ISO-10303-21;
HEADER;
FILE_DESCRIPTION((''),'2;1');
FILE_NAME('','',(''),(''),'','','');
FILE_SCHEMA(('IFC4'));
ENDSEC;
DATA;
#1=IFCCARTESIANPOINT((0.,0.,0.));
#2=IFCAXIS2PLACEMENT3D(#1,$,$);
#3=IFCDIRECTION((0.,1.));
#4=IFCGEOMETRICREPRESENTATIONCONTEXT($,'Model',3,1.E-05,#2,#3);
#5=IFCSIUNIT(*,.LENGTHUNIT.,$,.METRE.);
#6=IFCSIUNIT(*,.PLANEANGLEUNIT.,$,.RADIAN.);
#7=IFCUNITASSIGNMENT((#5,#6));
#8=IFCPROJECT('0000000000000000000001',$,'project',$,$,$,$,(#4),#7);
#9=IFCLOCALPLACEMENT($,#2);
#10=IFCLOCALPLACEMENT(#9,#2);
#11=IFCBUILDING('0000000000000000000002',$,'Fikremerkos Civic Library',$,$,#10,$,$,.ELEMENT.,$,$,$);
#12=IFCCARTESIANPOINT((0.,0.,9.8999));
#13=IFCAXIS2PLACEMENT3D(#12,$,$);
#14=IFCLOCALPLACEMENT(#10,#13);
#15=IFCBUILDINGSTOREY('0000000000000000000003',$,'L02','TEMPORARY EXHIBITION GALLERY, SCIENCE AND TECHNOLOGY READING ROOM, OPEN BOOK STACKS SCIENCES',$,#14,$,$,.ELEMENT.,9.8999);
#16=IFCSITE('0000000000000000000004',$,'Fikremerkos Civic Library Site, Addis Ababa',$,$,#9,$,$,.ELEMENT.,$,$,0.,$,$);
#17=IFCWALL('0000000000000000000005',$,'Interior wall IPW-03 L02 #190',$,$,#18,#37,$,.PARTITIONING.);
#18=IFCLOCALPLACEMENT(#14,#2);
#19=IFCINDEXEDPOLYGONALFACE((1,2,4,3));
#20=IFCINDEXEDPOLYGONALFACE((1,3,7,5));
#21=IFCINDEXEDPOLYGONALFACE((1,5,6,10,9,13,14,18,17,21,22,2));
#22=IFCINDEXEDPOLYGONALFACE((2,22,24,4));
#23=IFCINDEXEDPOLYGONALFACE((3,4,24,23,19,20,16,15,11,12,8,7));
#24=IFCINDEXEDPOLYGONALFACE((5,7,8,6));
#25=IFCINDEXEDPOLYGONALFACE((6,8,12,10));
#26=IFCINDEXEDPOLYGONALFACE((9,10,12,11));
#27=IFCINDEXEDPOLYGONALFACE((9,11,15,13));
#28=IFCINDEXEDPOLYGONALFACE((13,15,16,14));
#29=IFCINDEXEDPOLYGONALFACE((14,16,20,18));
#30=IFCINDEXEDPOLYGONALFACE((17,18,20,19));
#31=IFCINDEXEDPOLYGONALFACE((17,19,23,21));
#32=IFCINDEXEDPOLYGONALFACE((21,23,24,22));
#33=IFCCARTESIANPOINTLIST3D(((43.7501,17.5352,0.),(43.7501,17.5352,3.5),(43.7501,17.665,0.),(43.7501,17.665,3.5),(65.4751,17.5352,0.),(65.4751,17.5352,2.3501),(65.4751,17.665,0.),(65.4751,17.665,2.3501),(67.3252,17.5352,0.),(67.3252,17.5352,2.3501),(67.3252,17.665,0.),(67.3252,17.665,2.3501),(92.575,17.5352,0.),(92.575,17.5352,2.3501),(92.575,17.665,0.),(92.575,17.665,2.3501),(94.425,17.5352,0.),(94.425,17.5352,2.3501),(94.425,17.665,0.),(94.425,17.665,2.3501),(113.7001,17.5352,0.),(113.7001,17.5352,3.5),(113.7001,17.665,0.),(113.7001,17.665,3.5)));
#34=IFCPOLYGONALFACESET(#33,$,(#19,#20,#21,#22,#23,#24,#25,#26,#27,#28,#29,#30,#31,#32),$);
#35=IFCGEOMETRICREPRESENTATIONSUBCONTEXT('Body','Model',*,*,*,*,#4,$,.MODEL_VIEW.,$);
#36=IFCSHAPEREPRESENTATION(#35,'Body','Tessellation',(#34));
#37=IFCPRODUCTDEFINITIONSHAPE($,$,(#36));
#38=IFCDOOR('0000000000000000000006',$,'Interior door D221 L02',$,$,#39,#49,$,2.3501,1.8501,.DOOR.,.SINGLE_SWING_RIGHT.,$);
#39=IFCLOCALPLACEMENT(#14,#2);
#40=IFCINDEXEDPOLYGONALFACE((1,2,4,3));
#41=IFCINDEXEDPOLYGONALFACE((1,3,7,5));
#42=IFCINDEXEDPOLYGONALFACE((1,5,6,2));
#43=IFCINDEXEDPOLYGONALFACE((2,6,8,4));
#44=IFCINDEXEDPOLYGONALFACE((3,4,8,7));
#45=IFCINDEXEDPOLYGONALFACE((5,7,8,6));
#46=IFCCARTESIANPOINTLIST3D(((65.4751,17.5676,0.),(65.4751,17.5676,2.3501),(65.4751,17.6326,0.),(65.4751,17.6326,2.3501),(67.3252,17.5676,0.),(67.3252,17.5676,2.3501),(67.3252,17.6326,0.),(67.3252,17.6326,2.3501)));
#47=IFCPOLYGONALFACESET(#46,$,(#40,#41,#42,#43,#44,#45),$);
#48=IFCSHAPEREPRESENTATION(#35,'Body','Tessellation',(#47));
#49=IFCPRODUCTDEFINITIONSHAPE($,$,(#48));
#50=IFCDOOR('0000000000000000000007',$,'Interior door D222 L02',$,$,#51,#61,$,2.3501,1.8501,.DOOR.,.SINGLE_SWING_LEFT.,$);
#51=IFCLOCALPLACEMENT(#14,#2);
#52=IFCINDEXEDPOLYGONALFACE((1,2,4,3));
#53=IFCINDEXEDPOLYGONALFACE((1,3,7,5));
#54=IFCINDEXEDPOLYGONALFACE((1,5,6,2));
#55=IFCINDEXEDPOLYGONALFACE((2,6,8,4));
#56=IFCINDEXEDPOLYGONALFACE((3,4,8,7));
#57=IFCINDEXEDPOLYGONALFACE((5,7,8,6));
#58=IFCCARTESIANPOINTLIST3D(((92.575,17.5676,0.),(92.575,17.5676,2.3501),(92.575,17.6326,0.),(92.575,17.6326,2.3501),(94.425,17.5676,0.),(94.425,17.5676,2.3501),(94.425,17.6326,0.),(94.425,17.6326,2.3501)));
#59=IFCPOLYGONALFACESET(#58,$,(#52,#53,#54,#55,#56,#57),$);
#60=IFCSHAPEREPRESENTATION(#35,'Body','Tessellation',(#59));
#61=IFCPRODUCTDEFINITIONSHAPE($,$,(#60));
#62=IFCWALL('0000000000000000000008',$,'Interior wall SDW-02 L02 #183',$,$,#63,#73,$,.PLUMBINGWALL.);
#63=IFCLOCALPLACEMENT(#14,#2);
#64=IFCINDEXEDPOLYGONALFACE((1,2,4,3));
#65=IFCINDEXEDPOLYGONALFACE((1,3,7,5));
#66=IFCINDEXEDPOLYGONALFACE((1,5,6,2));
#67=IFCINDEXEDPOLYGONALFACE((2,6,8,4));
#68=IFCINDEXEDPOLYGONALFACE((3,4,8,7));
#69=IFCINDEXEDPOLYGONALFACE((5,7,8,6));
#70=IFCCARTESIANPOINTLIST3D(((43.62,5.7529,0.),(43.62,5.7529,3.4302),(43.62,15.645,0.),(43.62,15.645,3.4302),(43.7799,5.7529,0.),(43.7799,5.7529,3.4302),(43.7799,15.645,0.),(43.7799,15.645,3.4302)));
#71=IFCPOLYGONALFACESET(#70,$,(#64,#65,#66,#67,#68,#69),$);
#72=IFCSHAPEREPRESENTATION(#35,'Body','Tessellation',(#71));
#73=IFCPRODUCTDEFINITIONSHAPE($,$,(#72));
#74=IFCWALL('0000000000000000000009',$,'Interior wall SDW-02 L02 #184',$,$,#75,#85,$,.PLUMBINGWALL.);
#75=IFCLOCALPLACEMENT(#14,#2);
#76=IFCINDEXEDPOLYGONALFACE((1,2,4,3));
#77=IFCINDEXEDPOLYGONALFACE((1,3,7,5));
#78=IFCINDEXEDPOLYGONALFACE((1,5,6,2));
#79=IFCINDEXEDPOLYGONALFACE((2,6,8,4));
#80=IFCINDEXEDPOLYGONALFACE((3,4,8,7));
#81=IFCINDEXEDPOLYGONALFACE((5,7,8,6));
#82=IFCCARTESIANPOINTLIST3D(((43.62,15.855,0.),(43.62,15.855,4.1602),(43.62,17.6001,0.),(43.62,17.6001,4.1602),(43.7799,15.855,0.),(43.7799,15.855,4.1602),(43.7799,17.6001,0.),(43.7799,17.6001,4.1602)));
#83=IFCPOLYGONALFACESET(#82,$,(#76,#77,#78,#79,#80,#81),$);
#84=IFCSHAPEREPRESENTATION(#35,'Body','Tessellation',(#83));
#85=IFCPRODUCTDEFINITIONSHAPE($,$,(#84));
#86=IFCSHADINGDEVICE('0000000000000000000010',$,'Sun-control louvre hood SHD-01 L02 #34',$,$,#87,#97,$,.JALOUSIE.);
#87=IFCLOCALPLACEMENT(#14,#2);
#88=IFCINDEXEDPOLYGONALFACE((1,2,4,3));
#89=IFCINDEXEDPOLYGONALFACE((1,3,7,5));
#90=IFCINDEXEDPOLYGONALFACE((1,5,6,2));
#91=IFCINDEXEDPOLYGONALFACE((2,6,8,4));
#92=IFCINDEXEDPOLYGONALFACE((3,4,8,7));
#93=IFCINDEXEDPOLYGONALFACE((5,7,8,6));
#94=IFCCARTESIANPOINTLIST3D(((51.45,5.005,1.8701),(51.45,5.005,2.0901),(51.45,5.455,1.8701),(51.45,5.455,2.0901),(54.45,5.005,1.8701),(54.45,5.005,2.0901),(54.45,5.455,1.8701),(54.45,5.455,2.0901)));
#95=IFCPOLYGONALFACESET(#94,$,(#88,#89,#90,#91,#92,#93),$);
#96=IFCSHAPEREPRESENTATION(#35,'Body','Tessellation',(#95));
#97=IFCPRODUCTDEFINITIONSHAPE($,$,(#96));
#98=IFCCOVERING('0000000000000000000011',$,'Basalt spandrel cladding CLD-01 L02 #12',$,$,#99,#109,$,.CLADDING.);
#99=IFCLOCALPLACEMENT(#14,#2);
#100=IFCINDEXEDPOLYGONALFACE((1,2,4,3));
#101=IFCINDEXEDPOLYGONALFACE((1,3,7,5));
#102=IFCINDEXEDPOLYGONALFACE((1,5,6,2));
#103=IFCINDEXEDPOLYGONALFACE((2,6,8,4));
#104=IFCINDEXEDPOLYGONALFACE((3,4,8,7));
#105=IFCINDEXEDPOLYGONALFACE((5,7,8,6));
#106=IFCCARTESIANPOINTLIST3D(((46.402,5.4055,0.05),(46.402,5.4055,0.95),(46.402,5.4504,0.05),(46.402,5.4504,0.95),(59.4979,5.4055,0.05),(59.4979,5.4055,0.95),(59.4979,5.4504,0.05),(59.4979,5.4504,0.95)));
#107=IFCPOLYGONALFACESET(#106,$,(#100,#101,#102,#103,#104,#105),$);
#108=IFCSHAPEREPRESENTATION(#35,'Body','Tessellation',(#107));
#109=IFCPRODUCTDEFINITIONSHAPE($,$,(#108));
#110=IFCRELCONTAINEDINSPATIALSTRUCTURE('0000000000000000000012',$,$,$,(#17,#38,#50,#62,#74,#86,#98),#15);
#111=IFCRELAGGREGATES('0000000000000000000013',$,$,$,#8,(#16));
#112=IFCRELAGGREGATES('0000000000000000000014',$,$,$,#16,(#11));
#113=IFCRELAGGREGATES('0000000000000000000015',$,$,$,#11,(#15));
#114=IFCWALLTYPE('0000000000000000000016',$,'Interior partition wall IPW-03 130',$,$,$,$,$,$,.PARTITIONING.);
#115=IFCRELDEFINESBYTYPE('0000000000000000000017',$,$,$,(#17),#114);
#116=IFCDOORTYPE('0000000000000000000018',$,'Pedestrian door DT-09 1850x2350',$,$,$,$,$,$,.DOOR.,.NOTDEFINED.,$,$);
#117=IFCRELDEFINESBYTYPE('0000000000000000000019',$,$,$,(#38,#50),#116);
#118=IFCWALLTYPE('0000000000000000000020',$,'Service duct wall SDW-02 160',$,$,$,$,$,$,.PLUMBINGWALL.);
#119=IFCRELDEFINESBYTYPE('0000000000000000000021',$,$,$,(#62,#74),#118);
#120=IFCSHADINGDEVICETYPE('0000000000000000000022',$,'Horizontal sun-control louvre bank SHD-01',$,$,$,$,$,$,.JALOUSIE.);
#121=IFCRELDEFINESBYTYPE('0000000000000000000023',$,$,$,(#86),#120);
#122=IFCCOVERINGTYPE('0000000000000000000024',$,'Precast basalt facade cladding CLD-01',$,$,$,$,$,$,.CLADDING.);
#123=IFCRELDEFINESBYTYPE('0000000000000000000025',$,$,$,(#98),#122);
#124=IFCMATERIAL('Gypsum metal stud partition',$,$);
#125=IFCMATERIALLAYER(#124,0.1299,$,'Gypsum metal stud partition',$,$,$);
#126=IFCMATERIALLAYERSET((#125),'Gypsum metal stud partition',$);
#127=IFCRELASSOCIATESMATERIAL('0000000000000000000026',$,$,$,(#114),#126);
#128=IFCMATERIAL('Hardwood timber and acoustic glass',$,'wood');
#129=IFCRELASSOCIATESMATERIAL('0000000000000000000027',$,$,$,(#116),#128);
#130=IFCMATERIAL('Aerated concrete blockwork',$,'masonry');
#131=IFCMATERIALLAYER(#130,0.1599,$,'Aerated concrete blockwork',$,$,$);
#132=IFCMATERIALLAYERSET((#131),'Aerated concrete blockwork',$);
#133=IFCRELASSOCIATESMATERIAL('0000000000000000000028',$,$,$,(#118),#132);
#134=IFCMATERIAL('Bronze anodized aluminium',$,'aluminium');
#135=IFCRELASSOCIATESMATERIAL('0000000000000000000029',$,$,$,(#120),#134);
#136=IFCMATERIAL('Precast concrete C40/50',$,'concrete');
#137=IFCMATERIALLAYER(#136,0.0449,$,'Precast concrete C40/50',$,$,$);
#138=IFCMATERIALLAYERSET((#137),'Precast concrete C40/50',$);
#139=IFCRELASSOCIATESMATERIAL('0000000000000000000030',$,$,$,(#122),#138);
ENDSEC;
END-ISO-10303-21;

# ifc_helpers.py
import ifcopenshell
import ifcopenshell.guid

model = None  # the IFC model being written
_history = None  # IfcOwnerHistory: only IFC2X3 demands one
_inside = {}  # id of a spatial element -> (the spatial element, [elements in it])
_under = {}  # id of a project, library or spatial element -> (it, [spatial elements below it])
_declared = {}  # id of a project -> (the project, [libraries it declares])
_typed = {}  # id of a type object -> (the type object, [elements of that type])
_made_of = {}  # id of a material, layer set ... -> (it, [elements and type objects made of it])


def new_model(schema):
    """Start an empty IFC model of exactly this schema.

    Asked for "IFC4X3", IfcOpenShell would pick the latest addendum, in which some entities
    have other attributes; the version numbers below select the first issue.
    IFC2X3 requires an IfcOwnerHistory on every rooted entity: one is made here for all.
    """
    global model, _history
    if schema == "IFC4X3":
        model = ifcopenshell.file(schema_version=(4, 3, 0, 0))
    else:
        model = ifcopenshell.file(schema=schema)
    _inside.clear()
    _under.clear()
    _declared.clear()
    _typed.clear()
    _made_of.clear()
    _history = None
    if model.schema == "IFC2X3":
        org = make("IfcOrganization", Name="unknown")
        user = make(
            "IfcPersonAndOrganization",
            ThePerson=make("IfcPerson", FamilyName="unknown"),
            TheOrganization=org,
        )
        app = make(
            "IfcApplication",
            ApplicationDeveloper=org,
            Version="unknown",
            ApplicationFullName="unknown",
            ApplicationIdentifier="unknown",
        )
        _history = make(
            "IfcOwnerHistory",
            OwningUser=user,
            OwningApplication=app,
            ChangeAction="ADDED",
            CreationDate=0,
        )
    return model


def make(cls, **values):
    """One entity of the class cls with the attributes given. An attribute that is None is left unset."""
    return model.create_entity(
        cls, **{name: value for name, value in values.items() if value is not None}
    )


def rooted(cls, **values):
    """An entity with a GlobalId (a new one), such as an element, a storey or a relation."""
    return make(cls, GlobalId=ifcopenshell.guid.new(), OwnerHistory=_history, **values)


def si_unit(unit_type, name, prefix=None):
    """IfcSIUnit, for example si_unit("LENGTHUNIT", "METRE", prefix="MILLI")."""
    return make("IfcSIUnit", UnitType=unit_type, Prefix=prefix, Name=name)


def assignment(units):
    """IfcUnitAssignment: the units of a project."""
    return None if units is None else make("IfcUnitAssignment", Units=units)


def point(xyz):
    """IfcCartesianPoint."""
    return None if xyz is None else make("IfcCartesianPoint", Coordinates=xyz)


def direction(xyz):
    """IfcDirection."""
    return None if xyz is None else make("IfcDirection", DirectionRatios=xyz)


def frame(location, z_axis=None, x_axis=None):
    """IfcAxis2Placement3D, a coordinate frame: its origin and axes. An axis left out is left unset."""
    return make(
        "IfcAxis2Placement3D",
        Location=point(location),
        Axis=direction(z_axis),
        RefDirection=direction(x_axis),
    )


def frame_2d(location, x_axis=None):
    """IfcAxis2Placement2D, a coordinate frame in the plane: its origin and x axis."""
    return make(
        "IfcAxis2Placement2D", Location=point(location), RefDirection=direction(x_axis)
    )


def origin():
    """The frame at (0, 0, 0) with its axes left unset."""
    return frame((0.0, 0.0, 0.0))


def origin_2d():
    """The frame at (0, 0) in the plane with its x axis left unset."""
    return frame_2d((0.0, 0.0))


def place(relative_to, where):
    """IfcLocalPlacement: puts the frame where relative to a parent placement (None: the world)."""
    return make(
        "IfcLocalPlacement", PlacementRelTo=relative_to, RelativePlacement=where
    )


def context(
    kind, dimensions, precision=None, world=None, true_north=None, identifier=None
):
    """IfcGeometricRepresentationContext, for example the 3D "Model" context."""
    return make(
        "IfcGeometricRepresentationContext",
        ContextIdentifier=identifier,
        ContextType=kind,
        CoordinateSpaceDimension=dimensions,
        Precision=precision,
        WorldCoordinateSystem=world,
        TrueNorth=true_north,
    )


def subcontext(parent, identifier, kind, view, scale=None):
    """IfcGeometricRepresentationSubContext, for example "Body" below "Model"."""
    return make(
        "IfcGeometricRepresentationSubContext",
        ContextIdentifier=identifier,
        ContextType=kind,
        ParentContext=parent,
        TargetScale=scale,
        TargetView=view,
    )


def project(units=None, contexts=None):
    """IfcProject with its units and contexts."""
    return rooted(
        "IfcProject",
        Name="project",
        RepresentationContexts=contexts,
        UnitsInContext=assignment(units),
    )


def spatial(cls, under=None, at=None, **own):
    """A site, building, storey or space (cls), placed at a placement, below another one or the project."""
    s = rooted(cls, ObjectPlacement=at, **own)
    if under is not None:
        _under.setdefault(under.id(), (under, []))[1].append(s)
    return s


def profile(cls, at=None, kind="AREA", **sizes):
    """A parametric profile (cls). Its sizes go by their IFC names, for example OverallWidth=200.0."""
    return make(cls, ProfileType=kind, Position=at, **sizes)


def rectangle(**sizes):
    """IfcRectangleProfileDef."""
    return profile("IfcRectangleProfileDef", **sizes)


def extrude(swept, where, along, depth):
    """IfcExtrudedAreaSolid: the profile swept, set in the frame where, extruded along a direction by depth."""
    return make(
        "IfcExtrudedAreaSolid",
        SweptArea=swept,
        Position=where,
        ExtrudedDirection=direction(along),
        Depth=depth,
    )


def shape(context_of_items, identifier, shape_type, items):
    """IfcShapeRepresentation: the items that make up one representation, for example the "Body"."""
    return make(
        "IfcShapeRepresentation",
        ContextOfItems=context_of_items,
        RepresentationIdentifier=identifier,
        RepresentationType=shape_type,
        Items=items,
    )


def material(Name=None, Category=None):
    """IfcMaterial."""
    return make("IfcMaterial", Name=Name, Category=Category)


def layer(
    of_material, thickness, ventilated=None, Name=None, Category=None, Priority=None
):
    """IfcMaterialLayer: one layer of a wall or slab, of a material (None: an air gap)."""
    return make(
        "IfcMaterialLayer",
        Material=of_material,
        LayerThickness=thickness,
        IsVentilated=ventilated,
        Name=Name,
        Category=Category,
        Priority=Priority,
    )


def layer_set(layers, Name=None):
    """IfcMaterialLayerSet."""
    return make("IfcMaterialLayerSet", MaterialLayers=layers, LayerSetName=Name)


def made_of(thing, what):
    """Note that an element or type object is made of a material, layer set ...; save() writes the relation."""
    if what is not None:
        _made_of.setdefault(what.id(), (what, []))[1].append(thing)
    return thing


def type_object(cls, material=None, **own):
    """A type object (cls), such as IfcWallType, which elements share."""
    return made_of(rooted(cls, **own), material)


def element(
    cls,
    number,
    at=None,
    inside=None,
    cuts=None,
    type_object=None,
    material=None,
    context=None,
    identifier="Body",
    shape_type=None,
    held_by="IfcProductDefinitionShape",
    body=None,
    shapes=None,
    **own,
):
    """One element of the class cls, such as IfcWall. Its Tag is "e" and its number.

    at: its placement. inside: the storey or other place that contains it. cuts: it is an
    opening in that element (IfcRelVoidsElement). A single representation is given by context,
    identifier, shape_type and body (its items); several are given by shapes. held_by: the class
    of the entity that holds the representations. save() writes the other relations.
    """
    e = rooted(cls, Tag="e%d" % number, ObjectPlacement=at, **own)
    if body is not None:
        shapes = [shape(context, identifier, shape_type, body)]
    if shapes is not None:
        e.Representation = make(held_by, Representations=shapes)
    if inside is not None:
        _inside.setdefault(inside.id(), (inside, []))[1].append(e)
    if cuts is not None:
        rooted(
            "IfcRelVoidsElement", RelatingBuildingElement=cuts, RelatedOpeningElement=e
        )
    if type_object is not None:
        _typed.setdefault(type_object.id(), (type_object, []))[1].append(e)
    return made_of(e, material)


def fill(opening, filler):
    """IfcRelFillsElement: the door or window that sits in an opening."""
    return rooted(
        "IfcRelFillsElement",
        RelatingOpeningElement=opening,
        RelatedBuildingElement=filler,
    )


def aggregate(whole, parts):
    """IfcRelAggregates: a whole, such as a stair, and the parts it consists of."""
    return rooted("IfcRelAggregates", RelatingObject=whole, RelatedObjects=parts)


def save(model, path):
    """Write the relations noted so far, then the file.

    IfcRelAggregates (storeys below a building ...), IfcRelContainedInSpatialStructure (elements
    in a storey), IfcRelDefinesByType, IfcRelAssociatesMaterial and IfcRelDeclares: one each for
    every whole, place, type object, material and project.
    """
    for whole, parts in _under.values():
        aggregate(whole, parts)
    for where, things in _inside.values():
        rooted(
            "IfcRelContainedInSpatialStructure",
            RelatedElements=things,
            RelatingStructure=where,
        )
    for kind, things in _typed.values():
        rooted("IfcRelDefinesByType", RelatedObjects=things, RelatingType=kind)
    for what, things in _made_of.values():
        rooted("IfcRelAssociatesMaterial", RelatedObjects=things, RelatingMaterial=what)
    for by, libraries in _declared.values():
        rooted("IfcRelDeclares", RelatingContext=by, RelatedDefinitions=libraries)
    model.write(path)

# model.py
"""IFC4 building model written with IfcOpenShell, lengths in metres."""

from ifc_helpers import new_model, si_unit, direction, frame, frame_2d, origin, origin_2d, place, context, subcontext, project, spatial, rectangle, extrude, material, layer, layer_set, type_object, element, fill, save


model = new_model("IFC4")

# Units and contexts
model_context = context("Model", 3, precision=1e-05, world=origin(), true_north=direction((0.0, 1.0)))
body_context = subcontext(model_context, "Body", "Model", "MODEL_VIEW")
ifc_project = project(units=[si_unit("LENGTHUNIT", "METRE"), si_unit("PLANEANGLEUNIT", "RADIAN")], contexts=[model_context])

# Site, building, storey
site_placement = place(None, origin())
site = spatial("IfcSite", under=ifc_project, at=site_placement, Name="Fikremerkos Civic Library Site, Addis Ababa", CompositionType="ELEMENT", RefElevation=0.0)
building_placement = place(site_placement, origin())
building = spatial("IfcBuilding", under=site, at=building_placement, Name="Fikremerkos Civic Library", CompositionType="ELEMENT")
storey_placement = place(building_placement, frame((0.0, 0.0, 9.8999)))
storey = spatial("IfcBuildingStorey", under=building, at=storey_placement, Name="L02", Description="TEMPORARY EXHIBITION GALLERY, SCIENCE AND TECHNOLOGY READING ROOM, OPEN BOOK STACKS SCIENCES", CompositionType="ELEMENT", Elevation=9.8999)

# Shared definitions
ifc_material_1 = material(Name="Precast concrete C40/50", Category="concrete")

# Wall, openings, doors
ifc_material_2 = material(Name="Gypsum metal stud partition")
ifc_layer_1 = layer(ifc_material_2, 0.1299, Name="Gypsum metal stud partition")
ifc_layer_set_1 = layer_set([ifc_layer_1], Name="Gypsum metal stud partition")
wall_type_1 = type_object("IfcWallType", Name="Interior partition wall IPW-03 130", PredefinedType="PARTITIONING", material=ifc_layer_set_1)
wall_1_placement = place(storey_placement, frame((43.75, 17.6001, 0.0), z_axis=(0.0, 0.0, 1.0), x_axis=(1.0, 0.0, 0.0)))
wall_1 = element("IfcWall", 1, at=wall_1_placement, inside=storey, type_object=wall_type_1, Name="Interior wall IPW-03 L02 #190", PredefinedType="PARTITIONING", context=body_context, shape_type="SweptSolid", body=[
    extrude(rectangle(XDim=69.95, YDim=0.1299, at=frame_2d((34.9751, 0.0))), origin(), (0.0, 0.0, 1.0), 3.5),
])
opening_1_placement = place(wall_1_placement, frame((21.7251, 0.0, 0.0)))
opening_1 = element("IfcOpeningElement", 2, at=opening_1_placement, cuts=wall_1, PredefinedType="OPENING", context=body_context, shape_type="SweptSolid", body=[
    extrude(rectangle(XDim=1.8501, YDim=2.3501, at=frame_2d((0.925, 1.175))), frame((0.0, 0.075, 0.0), z_axis=(0.0, -1.0, 0.0), x_axis=(1.0, 0.0, 0.0)), (0.0, 0.0, 1.0), 0.1499),
])
opening_2_placement = place(wall_1_placement, frame((48.825, 0.0, 0.0)))
opening_2 = element("IfcOpeningElement", 3, at=opening_2_placement, cuts=wall_1, PredefinedType="OPENING", context=body_context, shape_type="SweptSolid", body=[
    extrude(rectangle(XDim=1.8501, YDim=2.3501, at=frame_2d((0.925, 1.175))), frame((0.0, 0.075, 0.0), z_axis=(0.0, -1.0, 0.0), x_axis=(1.0, 0.0, 0.0)), (0.0, 0.0, 1.0), 0.1499),
])
ifc_material_3 = material(Name="Hardwood timber and acoustic glass", Category="wood")
door_type = type_object("IfcDoorType", Name="Pedestrian door DT-09 1850x2350", OperationType="NOTDEFINED", PredefinedType="DOOR", material=ifc_material_3)
door_1_placement = place(opening_1_placement, origin())
door_1 = element("IfcDoor", 4, at=door_1_placement, inside=storey, type_object=door_type, Name="Interior door D221 L02", OperationType="SINGLE_SWING_RIGHT", OverallHeight=2.3501, OverallWidth=1.8501, PredefinedType="DOOR", context=body_context, shape_type="SweptSolid", body=[
    extrude(rectangle(XDim=1.8501, YDim=2.3501, at=frame_2d((0.925, 1.175))), frame((0.0, 0.0325, 0.0), z_axis=(0.0, -1.0, 0.0), x_axis=(1.0, 0.0, 0.0)), (0.0, 0.0, 1.0), 0.0649),
])
fill(opening_1, door_1)
door_2_placement = place(opening_2_placement, origin())
door_2 = element("IfcDoor", 5, at=door_2_placement, inside=storey, type_object=door_type, Name="Interior door D222 L02", OperationType="SINGLE_SWING_LEFT", OverallHeight=2.3501, OverallWidth=1.8501, PredefinedType="DOOR", context=body_context, shape_type="SweptSolid", body=[
    extrude(rectangle(XDim=1.8501, YDim=2.3501, at=frame_2d((0.925, 1.175))), frame((0.0, 0.0325, 0.0), z_axis=(0.0, -1.0, 0.0), x_axis=(1.0, 0.0, 0.0)), (0.0, 0.0, 1.0), 0.0649),
])
fill(opening_2, door_2)

# Walls
ifc_material_4 = material(Name="Aerated concrete blockwork", Category="masonry")
ifc_layer_2 = layer(ifc_material_4, 0.1599, Name="Aerated concrete blockwork")
ifc_layer_set_2 = layer_set([ifc_layer_2], Name="Aerated concrete blockwork")
wall_type_2 = type_object("IfcWallType", Name="Service duct wall SDW-02 160", PredefinedType="PLUMBINGWALL", material=ifc_layer_set_2)
wall_2_placement = place(storey_placement, frame((43.7, 5.7529, 0.0), z_axis=(0.0, 0.0, 1.0), x_axis=(0.0, 1.0, 0.0)))
element("IfcWall", 6, at=wall_2_placement, inside=storey, type_object=wall_type_2, Name="Interior wall SDW-02 L02 #183", PredefinedType="PLUMBINGWALL", context=body_context, shape_type="SweptSolid", body=[
    extrude(rectangle(XDim=9.8921, YDim=0.1599, at=frame_2d((4.946, 0.0))), origin(), (0.0, 0.0, 1.0), 3.4302),
])
wall_3_placement = place(storey_placement, frame((43.7, 15.855, 0.0), z_axis=(0.0, 0.0, 1.0), x_axis=(0.0, 1.0, 0.0)))
element("IfcWall", 7, at=wall_3_placement, inside=storey, type_object=wall_type_2, Name="Interior wall SDW-02 L02 #184", PredefinedType="PLUMBINGWALL", context=body_context, shape_type="SweptSolid", body=[
    extrude(rectangle(XDim=1.7451, YDim=0.1599, at=frame_2d((0.8726, 0.0))), origin(), (0.0, 0.0, 1.0), 4.1602),
])

# Shading device
ifc_material_5 = material(Name="Bronze anodized aluminium", Category="aluminium")
shading_device_type = type_object("IfcShadingDeviceType", Name="Horizontal sun-control louvre bank SHD-01", PredefinedType="JALOUSIE", material=ifc_material_5)
shading_device_placement = place(storey_placement, frame((52.95, 5.23, 1.8701), z_axis=(0.0, 0.0, 1.0), x_axis=(1.0, 0.0, 0.0)))
element("IfcShadingDevice", 8, at=shading_device_placement, inside=storey, type_object=shading_device_type, Name="Sun-control louvre hood SHD-01 L02 #34", PredefinedType="JALOUSIE", context=body_context, shape_type="SweptSolid", body=[
    extrude(rectangle(XDim=3.0, YDim=0.45, at=origin_2d()), origin(), (0.0, 0.0, 1.0), 0.22),
])

# Covering
ifc_layer_3 = layer(ifc_material_1, 0.0449, Name="Precast concrete C40/50")
ifc_layer_set_3 = layer_set([ifc_layer_3], Name="Precast concrete C40/50")
covering_type = type_object("IfcCoveringType", Name="Precast basalt facade cladding CLD-01", PredefinedType="CLADDING", material=ifc_layer_set_3)
covering_placement = place(storey_placement, frame((52.95, 5.428, 0.05), z_axis=(0.0, 0.0, 1.0), x_axis=(1.0, 0.0, 0.0)))
element("IfcCovering", 9, at=covering_placement, inside=storey, type_object=covering_type, Name="Basalt spandrel cladding CLD-01 L02 #12", PredefinedType="CLADDING", context=body_context, shape_type="SweptSolid", body=[
    extrude(rectangle(XDim=13.0959, YDim=0.0449, at=origin_2d()), origin(), (0.0, 0.0, 1.0), 0.8999),
])

save(model, "model.ifc")
